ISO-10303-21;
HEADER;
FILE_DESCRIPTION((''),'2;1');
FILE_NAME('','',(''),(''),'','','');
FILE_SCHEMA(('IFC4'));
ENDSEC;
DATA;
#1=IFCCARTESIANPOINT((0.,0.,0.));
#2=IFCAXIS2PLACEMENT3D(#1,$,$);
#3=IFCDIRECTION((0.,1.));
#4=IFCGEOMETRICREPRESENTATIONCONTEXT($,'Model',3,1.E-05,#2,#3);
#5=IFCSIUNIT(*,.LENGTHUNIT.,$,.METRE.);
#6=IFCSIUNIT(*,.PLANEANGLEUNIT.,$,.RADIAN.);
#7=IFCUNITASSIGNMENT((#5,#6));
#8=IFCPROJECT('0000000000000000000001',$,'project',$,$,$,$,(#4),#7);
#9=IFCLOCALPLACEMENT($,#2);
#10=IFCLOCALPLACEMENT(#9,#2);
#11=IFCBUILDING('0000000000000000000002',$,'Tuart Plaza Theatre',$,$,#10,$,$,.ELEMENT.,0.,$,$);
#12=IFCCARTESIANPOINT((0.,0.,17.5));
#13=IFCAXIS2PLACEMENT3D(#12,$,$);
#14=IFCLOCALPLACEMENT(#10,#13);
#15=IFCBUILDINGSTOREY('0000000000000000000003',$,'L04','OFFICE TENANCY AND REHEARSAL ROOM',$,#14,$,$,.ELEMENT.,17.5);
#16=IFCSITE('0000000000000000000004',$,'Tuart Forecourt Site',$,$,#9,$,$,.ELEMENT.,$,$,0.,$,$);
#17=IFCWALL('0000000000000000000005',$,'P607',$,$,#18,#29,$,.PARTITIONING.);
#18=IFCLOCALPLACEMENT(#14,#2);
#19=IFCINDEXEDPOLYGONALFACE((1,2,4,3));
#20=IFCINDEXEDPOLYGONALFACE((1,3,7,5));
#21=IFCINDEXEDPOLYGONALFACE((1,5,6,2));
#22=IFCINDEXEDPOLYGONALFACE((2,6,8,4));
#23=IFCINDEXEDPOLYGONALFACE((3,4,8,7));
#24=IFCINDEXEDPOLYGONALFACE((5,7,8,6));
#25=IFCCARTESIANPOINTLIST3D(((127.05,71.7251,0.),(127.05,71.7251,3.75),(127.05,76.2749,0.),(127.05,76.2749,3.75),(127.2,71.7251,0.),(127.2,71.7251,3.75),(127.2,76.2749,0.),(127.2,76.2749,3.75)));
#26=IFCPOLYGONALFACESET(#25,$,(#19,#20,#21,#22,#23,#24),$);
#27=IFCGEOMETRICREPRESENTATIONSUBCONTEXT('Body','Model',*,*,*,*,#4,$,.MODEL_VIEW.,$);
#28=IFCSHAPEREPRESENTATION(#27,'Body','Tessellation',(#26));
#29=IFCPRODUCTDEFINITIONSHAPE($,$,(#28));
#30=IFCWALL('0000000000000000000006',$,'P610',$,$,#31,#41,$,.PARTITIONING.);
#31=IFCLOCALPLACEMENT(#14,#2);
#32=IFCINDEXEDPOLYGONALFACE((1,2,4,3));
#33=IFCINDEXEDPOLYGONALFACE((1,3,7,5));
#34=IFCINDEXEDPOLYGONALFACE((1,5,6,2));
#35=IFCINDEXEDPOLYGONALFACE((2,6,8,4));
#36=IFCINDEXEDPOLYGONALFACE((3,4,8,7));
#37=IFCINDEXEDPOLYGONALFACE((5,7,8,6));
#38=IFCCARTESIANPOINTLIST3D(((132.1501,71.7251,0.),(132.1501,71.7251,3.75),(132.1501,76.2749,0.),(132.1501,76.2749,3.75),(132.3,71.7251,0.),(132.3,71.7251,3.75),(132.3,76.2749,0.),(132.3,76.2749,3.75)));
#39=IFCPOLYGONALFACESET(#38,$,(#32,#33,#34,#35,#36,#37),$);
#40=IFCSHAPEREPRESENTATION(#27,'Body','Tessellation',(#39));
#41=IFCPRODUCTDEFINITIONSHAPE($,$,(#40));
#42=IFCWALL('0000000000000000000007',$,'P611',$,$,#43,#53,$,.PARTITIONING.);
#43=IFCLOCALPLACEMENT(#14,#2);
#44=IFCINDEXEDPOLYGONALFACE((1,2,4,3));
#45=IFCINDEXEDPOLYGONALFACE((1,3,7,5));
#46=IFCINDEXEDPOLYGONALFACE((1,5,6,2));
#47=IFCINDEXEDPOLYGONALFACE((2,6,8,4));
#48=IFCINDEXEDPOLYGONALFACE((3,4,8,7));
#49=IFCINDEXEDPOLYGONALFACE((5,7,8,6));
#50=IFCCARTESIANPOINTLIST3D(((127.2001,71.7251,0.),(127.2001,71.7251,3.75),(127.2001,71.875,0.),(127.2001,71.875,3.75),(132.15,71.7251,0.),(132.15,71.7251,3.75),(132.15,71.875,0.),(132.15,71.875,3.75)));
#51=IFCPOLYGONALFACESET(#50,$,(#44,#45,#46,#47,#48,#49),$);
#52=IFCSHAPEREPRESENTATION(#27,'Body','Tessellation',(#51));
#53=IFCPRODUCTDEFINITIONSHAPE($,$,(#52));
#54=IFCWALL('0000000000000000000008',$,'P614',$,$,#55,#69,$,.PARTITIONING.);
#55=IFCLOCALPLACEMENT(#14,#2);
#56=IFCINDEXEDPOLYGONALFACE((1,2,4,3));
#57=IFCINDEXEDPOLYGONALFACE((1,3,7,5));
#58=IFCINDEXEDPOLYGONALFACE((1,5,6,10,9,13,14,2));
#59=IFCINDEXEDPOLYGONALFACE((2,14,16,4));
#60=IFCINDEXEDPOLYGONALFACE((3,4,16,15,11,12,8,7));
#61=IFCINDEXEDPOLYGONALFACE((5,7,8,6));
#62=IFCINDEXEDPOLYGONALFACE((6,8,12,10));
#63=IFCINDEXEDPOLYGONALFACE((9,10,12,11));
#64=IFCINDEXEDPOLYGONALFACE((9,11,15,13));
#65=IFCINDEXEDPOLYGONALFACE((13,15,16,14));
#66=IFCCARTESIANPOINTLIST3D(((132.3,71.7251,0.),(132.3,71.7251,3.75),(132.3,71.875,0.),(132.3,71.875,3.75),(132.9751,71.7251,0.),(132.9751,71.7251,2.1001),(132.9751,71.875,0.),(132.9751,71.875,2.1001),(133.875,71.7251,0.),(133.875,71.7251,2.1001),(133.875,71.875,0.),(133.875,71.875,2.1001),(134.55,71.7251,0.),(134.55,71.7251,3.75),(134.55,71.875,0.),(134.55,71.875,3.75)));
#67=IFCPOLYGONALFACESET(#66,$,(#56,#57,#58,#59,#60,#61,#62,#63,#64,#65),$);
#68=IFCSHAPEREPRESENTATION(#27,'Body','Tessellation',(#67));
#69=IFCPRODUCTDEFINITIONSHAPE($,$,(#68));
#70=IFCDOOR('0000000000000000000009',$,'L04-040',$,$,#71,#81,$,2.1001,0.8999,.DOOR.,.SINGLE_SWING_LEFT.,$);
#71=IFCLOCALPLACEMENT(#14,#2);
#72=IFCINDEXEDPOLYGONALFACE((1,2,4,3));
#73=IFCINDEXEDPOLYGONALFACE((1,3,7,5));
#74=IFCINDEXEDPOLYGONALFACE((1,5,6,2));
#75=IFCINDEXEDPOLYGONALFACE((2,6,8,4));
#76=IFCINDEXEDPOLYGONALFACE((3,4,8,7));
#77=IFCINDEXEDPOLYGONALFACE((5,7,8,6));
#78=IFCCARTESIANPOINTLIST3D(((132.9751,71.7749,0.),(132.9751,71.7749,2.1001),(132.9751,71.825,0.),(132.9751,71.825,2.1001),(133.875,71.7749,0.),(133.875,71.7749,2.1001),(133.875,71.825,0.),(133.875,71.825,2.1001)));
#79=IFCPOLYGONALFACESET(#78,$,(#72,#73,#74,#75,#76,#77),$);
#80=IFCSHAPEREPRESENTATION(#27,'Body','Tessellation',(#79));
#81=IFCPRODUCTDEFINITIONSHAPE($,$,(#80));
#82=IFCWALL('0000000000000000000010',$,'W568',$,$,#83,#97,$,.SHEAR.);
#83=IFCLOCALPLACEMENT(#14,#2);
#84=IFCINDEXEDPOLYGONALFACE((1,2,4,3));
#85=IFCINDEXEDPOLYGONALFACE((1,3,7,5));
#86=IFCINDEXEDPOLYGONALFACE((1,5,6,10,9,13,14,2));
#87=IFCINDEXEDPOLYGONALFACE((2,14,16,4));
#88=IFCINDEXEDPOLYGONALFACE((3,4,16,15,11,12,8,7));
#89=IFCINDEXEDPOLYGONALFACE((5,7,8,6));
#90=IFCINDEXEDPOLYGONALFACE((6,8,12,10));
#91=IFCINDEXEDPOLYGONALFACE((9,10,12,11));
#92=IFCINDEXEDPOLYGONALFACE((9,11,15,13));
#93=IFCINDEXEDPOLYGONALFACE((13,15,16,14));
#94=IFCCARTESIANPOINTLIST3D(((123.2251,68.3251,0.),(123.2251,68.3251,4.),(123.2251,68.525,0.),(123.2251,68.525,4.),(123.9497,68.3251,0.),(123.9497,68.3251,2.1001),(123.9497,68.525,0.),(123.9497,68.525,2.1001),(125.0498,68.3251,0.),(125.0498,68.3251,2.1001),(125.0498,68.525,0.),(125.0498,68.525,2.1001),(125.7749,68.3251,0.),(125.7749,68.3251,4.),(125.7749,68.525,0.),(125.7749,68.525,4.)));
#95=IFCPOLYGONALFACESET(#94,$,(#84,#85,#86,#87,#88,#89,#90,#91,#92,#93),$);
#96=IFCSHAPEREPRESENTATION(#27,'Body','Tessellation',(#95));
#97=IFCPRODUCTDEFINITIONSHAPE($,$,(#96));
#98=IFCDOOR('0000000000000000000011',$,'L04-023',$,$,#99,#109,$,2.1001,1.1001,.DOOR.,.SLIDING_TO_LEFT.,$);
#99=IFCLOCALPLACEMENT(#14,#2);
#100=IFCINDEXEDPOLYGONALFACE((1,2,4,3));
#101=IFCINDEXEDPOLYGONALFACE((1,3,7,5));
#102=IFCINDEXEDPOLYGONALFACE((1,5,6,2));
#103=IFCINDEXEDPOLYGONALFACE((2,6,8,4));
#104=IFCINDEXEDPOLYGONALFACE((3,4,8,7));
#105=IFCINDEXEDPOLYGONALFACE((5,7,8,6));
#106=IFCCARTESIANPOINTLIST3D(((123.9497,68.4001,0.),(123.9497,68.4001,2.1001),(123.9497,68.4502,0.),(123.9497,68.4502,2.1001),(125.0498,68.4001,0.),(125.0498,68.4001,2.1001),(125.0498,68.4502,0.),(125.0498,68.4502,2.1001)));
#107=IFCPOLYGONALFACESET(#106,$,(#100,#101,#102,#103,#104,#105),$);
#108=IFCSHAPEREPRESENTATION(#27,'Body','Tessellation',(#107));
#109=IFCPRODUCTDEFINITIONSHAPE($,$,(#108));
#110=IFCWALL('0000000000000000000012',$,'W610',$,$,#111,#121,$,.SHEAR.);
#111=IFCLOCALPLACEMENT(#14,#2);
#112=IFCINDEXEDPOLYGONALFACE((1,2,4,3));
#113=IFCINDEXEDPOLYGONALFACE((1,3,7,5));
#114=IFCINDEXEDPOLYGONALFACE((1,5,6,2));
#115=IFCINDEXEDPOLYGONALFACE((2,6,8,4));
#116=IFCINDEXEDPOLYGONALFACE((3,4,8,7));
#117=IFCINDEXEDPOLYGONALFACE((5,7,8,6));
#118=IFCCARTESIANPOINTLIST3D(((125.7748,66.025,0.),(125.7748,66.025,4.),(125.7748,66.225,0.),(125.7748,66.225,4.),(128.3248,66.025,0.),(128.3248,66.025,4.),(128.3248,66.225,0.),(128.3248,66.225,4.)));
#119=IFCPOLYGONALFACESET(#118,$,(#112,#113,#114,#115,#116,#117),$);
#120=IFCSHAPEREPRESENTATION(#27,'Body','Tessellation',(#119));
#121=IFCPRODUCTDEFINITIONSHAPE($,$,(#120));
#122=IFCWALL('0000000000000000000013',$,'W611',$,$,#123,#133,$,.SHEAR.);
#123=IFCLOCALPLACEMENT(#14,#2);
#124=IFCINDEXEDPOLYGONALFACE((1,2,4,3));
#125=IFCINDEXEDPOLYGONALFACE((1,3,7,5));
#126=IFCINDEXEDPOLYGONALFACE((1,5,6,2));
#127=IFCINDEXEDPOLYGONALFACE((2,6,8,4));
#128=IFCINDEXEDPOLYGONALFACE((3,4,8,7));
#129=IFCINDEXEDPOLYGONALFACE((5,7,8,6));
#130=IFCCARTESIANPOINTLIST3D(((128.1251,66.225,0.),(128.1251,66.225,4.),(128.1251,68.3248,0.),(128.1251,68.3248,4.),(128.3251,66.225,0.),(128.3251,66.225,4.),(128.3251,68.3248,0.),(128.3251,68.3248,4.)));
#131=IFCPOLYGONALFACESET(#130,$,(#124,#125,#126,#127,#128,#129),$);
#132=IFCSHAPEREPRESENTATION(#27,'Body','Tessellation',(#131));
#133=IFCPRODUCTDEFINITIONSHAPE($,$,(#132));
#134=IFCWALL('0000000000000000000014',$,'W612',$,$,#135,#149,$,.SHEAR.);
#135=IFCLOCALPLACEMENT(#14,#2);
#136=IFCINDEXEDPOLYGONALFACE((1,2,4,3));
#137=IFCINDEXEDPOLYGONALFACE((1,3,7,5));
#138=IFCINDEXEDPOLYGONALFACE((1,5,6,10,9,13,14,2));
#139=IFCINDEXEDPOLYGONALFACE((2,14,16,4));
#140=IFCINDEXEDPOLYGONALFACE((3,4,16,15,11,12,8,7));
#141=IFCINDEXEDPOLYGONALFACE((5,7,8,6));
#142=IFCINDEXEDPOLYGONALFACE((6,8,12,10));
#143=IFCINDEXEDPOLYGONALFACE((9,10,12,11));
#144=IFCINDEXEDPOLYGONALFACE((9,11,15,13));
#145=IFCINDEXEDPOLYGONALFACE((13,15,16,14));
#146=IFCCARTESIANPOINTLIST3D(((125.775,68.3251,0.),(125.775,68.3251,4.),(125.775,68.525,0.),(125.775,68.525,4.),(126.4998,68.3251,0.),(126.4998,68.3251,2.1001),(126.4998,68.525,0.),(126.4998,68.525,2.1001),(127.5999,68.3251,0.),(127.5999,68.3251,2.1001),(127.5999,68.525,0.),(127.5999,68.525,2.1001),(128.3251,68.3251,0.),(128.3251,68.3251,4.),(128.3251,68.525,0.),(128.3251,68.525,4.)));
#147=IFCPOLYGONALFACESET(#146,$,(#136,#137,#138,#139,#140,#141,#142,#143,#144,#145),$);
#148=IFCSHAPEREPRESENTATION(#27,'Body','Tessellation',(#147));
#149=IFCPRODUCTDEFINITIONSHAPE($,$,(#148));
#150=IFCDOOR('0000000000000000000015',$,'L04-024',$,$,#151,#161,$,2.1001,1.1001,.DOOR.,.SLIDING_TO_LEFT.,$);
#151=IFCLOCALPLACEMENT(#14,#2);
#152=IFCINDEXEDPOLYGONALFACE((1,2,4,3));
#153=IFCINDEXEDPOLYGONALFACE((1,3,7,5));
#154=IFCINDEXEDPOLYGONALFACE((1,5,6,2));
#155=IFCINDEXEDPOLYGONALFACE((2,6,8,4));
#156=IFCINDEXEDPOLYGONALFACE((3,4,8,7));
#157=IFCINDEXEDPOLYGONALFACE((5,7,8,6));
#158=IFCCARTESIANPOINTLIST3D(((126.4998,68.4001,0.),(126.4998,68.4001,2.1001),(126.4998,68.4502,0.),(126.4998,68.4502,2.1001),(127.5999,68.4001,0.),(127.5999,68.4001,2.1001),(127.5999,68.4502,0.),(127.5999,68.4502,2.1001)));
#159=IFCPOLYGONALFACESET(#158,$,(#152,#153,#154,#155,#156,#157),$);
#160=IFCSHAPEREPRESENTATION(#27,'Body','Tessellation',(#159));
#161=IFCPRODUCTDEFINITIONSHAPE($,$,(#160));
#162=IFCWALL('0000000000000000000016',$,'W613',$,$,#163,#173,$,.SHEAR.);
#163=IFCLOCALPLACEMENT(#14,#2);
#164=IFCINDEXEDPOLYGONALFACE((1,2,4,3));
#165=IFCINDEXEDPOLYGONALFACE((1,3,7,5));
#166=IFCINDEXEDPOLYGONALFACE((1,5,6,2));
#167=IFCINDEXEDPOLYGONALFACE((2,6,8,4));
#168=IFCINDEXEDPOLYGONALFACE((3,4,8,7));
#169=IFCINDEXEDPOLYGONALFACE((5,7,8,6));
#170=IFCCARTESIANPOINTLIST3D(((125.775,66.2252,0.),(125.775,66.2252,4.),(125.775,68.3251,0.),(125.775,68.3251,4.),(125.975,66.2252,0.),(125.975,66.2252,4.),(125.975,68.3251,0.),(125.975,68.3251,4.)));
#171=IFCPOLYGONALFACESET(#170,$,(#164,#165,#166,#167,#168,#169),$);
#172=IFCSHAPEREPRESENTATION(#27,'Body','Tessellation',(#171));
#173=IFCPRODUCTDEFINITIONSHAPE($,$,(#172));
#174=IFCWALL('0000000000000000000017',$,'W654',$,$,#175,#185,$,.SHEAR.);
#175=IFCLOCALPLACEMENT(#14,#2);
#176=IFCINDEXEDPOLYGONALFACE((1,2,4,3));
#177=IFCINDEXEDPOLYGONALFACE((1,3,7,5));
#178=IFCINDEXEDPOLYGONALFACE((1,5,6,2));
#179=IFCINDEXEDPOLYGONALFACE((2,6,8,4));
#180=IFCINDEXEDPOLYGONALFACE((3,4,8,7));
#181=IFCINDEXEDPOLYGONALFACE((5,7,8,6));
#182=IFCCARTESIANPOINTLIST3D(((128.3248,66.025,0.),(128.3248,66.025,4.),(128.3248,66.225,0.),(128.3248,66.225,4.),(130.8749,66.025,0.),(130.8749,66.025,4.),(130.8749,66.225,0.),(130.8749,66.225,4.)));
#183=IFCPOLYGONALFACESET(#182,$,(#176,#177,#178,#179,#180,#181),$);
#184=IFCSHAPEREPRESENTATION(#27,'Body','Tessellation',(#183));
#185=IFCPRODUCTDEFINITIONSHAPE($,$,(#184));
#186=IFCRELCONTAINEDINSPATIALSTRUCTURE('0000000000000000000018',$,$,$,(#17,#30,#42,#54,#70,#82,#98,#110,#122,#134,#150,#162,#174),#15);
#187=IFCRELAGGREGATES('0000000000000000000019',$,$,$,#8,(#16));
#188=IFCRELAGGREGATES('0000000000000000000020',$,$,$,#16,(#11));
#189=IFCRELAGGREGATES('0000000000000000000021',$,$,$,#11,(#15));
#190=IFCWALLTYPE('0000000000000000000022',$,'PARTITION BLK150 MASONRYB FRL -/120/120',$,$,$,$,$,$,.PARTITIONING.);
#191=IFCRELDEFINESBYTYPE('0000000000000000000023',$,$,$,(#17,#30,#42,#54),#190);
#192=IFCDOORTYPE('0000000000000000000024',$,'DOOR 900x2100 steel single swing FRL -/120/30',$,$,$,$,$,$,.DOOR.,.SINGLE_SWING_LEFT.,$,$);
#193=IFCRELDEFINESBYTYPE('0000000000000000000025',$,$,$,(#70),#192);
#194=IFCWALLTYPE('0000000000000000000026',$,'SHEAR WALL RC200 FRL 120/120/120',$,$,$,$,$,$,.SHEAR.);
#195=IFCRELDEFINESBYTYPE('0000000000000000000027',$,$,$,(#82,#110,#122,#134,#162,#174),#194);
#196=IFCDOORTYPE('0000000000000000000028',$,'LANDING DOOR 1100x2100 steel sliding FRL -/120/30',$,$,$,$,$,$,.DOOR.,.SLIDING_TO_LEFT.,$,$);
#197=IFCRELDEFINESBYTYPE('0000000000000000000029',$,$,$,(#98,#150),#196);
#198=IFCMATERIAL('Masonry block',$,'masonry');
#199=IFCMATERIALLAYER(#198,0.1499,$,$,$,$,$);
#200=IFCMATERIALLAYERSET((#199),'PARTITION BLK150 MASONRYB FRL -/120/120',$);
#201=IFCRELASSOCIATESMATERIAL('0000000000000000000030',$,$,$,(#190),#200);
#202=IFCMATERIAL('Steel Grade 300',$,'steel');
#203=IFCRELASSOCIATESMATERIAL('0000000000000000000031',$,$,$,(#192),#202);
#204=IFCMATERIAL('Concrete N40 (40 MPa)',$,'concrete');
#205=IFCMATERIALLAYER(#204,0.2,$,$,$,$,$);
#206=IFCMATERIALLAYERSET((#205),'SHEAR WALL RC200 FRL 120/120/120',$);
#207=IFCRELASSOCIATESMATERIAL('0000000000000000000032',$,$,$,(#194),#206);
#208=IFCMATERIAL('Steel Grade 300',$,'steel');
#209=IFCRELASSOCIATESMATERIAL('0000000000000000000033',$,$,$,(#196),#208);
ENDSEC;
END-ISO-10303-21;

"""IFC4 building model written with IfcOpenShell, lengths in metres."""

from ifc_helpers import new_model, si_unit, direction, frame, frame_2d, origin, place, context, subcontext, project, spatial, rectangle, extrude, material, layer, layer_set, type_object, element, fill, save


model = new_model("IFC4")

# Units and contexts
model_context = context("Model", 3, precision=1e-05, world=origin(), true_north=direction((0.0, 1.0)))
body_context = subcontext(model_context, "Body", "Model", "MODEL_VIEW")
ifc_project = project(units=[si_unit("LENGTHUNIT", "METRE"), si_unit("PLANEANGLEUNIT", "RADIAN")], contexts=[model_context])

# Site, building, storey
site_placement = place(None, origin())
site = spatial("IfcSite", under=ifc_project, at=site_placement, Name="Tuart Forecourt Site", CompositionType="ELEMENT", RefElevation=0.0)
building_placement = place(site_placement, origin())
building = spatial("IfcBuilding", under=site, at=building_placement, Name="Tuart Plaza Theatre", CompositionType="ELEMENT", ElevationOfRefHeight=0.0)
storey_placement = place(building_placement, frame((0.0, 0.0, 17.5)))
storey = spatial("IfcBuildingStorey", under=building, at=storey_placement, Name="L04", Description="OFFICE TENANCY AND REHEARSAL ROOM", CompositionType="ELEMENT", Elevation=17.5)

# Walls
ifc_material_1 = material(Name="Masonry block", Category="masonry")
ifc_layer_1 = layer(ifc_material_1, 0.1499)
ifc_layer_set_1 = layer_set([ifc_layer_1], Name="PARTITION BLK150 MASONRYB FRL -/120/120")
wall_type_1 = type_object("IfcWallType", Name="PARTITION BLK150 MASONRYB FRL -/120/120", PredefinedType="PARTITIONING", material=ifc_layer_set_1)
for number, where, z_axis, x_axis, name in (
    (1, (127.125, 71.7251, 0.0), (0.0, 0.0, 1.0), (0.0, 1.0, 0.0), "P607"),
    (2, (132.2251, 71.7251, 0.0), (0.0, 0.0, 1.0), (0.0, 1.0, 0.0), "P610"),
):
    element("IfcWall", number, at=place(storey_placement, frame(where, z_axis=z_axis, x_axis=x_axis)), inside=storey, type_object=wall_type_1, Name=name, PredefinedType="PARTITIONING", context=body_context, shape_type="SweptSolid", body=[
        extrude(rectangle(XDim=4.5498, YDim=0.1499, at=frame_2d((2.2749, 0.0))), origin(), (0.0, 0.0, 1.0), 3.75),
    ])
wall_1_placement = place(storey_placement, frame((127.2, 71.8, 0.0), z_axis=(0.0, 0.0, 1.0), x_axis=(1.0, 0.0, 0.0)))
element("IfcWall", 3, at=wall_1_placement, inside=storey, type_object=wall_type_1, Name="P611", PredefinedType="PARTITIONING", context=body_context, shape_type="SweptSolid", body=[
    extrude(rectangle(XDim=4.95, YDim=0.1499, at=frame_2d((2.4751, 0.0))), origin(), (0.0, 0.0, 1.0), 3.75),
])

# Walls, openings, doors
wall_2_placement = place(storey_placement, frame((132.3, 71.8, 0.0), z_axis=(0.0, 0.0, 1.0), x_axis=(1.0, 0.0, 0.0)))
wall_2 = element("IfcWall", 4, at=wall_2_placement, inside=storey, type_object=wall_type_1, Name="P614", PredefinedType="PARTITIONING", context=body_context, shape_type="SweptSolid", body=[
    extrude(rectangle(XDim=2.25, YDim=0.1499, at=frame_2d((1.125, 0.0))), origin(), (0.0, 0.0, 1.0), 3.75),
])
opening_1_placement = place(wall_2_placement, frame((0.675, 0.0, 0.0)))
opening_1 = element("IfcOpeningElement", 5, at=opening_1_placement, cuts=wall_2, PredefinedType="OPENING", context=body_context, shape_type="SweptSolid", body=[
    extrude(rectangle(XDim=0.8999, YDim=2.1001, at=frame_2d((0.45, 1.05))), frame((0.0, 0.085, 0.0), z_axis=(0.0, -1.0, 0.0), x_axis=(1.0, 0.0, 0.0)), (0.0, 0.0, 1.0), 0.1699),
])
ifc_material_2 = material(Name="Steel Grade 300", Category="steel")
door_type_1 = type_object("IfcDoorType", Name="DOOR 900x2100 steel single swing FRL -/120/30", OperationType="SINGLE_SWING_LEFT", PredefinedType="DOOR", material=ifc_material_2)
door_1_placement = place(opening_1_placement, origin())
door_1 = element("IfcDoor", 6, at=door_1_placement, inside=storey, type_object=door_type_1, Name="L04-040", OperationType="SINGLE_SWING_LEFT", OverallHeight=2.1001, OverallWidth=0.8999, PredefinedType="DOOR", context=body_context, shape_type="SweptSolid", body=[
    extrude(rectangle(XDim=0.8999, YDim=2.1001, at=frame_2d((0.45, 1.05))), frame((0.0, 0.0249, 0.0), z_axis=(0.0, -1.0, 0.0), x_axis=(1.0, 0.0, 0.0)), (0.0, 0.0, 1.0), 0.05),
])
fill(opening_1, door_1)
ifc_material_3 = material(Name="Concrete N40 (40 MPa)", Category="concrete")
ifc_layer_2 = layer(ifc_material_3, 0.2)
ifc_layer_set_2 = layer_set([ifc_layer_2], Name="SHEAR WALL RC200 FRL 120/120/120")
wall_type_2 = type_object("IfcWallType", Name="SHEAR WALL RC200 FRL 120/120/120", PredefinedType="SHEAR", material=ifc_layer_set_2)
wall_3_placement = place(storey_placement, frame((125.7749, 68.425, 0.0), z_axis=(0.0, 0.0, 1.0), x_axis=(-1.0, 0.0, 0.0)))
wall_3 = element("IfcWall", 7, at=wall_3_placement, inside=storey, type_object=wall_type_2, Name="W568", PredefinedType="SHEAR", context=body_context, shape_type="SweptSolid", body=[
    extrude(rectangle(XDim=2.5498, YDim=0.2, at=frame_2d((1.2749, 0.0))), origin(), (0.0, 0.0, 1.0), 4.0),
])
opening_2_placement = place(wall_3_placement, frame((0.7251, 0.0, 0.0)))
opening_2 = element("IfcOpeningElement", 8, at=opening_2_placement, cuts=wall_3, PredefinedType="OPENING", context=body_context, shape_type="SweptSolid", body=[
    extrude(rectangle(XDim=1.1001, YDim=2.1001, at=frame_2d((0.55, 1.05))), frame((0.0, 0.1099, 0.0), z_axis=(0.0, -1.0, 0.0), x_axis=(1.0, 0.0, 0.0)), (0.0, 0.0, 1.0), 0.22),
])
ifc_material_4 = material(Name="Steel Grade 300", Category="steel")
door_type_2 = type_object("IfcDoorType", Name="LANDING DOOR 1100x2100 steel sliding FRL -/120/30", OperationType="SLIDING_TO_LEFT", PredefinedType="DOOR", material=ifc_material_4)
door_2_placement = place(opening_2_placement, origin())
door_2 = element("IfcDoor", 9, at=door_2_placement, inside=storey, type_object=door_type_2, Name="L04-023", OperationType="SLIDING_TO_LEFT", OverallHeight=2.1001, OverallWidth=1.1001, PredefinedType="DOOR", context=body_context, shape_type="SweptSolid", body=[
    extrude(rectangle(XDim=1.1001, YDim=2.1001, at=frame_2d((0.55, 1.05))), frame((0.0, 0.0249, 0.0), z_axis=(0.0, -1.0, 0.0), x_axis=(1.0, 0.0, 0.0)), (0.0, 0.0, 1.0), 0.05),
])
fill(opening_2, door_2)

# Walls
wall_4_placement = place(storey_placement, frame((125.7749, 66.125, 0.0), z_axis=(0.0, 0.0, 1.0), x_axis=(1.0, 0.0, 0.0)))
element("IfcWall", 10, at=wall_4_placement, inside=storey, type_object=wall_type_2, Name="W610", PredefinedType="SHEAR", context=body_context, shape_type="SweptSolid", body=[
    extrude(rectangle(XDim=2.55, YDim=0.2, at=frame_2d((1.2749, 0.0))), origin(), (0.0, 0.0, 1.0), 4.0),
])
wall_5_placement = place(storey_placement, frame((128.2251, 66.2251, 0.0), z_axis=(0.0, 0.0, 1.0), x_axis=(0.0, 1.0, 0.0)))
element("IfcWall", 11, at=wall_5_placement, inside=storey, type_object=wall_type_2, Name="W611", PredefinedType="SHEAR", context=body_context, shape_type="SweptSolid", body=[
    extrude(rectangle(XDim=2.0999, YDim=0.2, at=frame_2d((1.0498, 0.0))), origin(), (0.0, 0.0, 1.0), 4.0),
])

# Wall, opening, door
wall_6_placement = place(storey_placement, frame((128.325, 68.425, 0.0), z_axis=(0.0, 0.0, 1.0), x_axis=(-1.0, 0.0, 0.0)))
wall_6 = element("IfcWall", 12, at=wall_6_placement, inside=storey, type_object=wall_type_2, Name="W612", PredefinedType="SHEAR", context=body_context, shape_type="SweptSolid", body=[
    extrude(rectangle(XDim=2.55, YDim=0.2, at=frame_2d((1.2749, 0.0))), origin(), (0.0, 0.0, 1.0), 4.0),
])
opening_3_placement = place(wall_6_placement, frame((0.7251, 0.0, 0.0)))
opening_3 = element("IfcOpeningElement", 13, at=opening_3_placement, cuts=wall_6, PredefinedType="OPENING", context=body_context, shape_type="SweptSolid", body=[
    extrude(rectangle(XDim=1.1001, YDim=2.1001, at=frame_2d((0.55, 1.05))), frame((0.0, 0.1099, 0.0), z_axis=(0.0, -1.0, 0.0), x_axis=(1.0, 0.0, 0.0)), (0.0, 0.0, 1.0), 0.22),
])
door_3_placement = place(opening_3_placement, origin())
door_3 = element("IfcDoor", 14, at=door_3_placement, inside=storey, type_object=door_type_2, Name="L04-024", OperationType="SLIDING_TO_LEFT", OverallHeight=2.1001, OverallWidth=1.1001, PredefinedType="DOOR", context=body_context, shape_type="SweptSolid", body=[
    extrude(rectangle(XDim=1.1001, YDim=2.1001, at=frame_2d((0.55, 1.05))), frame((0.0, 0.0249, 0.0), z_axis=(0.0, -1.0, 0.0), x_axis=(1.0, 0.0, 0.0)), (0.0, 0.0, 1.0), 0.05),
])
fill(opening_3, door_3)

# Walls
wall_7_placement = place(storey_placement, frame((125.875, 68.325, 0.0), z_axis=(0.0, 0.0, 1.0), x_axis=(0.0, -1.0, 0.0)))
element("IfcWall", 15, at=wall_7_placement, inside=storey, type_object=wall_type_2, Name="W613", PredefinedType="SHEAR", context=body_context, shape_type="SweptSolid", body=[
    extrude(rectangle(XDim=2.0999, YDim=0.2, at=frame_2d((1.0498, 0.0))), origin(), (0.0, 0.0, 1.0), 4.0),
])
wall_8_placement = place(storey_placement, frame((128.325, 66.125, 0.0), z_axis=(0.0, 0.0, 1.0), x_axis=(1.0, 0.0, 0.0)))
element("IfcWall", 16, at=wall_8_placement, inside=storey, type_object=wall_type_2, Name="W654", PredefinedType="SHEAR", context=body_context, shape_type="SweptSolid", body=[
    extrude(rectangle(XDim=2.55, YDim=0.2, at=frame_2d((1.2749, 0.0))), origin(), (0.0, 0.0, 1.0), 4.0),
])

save(model, "model.ifc")
